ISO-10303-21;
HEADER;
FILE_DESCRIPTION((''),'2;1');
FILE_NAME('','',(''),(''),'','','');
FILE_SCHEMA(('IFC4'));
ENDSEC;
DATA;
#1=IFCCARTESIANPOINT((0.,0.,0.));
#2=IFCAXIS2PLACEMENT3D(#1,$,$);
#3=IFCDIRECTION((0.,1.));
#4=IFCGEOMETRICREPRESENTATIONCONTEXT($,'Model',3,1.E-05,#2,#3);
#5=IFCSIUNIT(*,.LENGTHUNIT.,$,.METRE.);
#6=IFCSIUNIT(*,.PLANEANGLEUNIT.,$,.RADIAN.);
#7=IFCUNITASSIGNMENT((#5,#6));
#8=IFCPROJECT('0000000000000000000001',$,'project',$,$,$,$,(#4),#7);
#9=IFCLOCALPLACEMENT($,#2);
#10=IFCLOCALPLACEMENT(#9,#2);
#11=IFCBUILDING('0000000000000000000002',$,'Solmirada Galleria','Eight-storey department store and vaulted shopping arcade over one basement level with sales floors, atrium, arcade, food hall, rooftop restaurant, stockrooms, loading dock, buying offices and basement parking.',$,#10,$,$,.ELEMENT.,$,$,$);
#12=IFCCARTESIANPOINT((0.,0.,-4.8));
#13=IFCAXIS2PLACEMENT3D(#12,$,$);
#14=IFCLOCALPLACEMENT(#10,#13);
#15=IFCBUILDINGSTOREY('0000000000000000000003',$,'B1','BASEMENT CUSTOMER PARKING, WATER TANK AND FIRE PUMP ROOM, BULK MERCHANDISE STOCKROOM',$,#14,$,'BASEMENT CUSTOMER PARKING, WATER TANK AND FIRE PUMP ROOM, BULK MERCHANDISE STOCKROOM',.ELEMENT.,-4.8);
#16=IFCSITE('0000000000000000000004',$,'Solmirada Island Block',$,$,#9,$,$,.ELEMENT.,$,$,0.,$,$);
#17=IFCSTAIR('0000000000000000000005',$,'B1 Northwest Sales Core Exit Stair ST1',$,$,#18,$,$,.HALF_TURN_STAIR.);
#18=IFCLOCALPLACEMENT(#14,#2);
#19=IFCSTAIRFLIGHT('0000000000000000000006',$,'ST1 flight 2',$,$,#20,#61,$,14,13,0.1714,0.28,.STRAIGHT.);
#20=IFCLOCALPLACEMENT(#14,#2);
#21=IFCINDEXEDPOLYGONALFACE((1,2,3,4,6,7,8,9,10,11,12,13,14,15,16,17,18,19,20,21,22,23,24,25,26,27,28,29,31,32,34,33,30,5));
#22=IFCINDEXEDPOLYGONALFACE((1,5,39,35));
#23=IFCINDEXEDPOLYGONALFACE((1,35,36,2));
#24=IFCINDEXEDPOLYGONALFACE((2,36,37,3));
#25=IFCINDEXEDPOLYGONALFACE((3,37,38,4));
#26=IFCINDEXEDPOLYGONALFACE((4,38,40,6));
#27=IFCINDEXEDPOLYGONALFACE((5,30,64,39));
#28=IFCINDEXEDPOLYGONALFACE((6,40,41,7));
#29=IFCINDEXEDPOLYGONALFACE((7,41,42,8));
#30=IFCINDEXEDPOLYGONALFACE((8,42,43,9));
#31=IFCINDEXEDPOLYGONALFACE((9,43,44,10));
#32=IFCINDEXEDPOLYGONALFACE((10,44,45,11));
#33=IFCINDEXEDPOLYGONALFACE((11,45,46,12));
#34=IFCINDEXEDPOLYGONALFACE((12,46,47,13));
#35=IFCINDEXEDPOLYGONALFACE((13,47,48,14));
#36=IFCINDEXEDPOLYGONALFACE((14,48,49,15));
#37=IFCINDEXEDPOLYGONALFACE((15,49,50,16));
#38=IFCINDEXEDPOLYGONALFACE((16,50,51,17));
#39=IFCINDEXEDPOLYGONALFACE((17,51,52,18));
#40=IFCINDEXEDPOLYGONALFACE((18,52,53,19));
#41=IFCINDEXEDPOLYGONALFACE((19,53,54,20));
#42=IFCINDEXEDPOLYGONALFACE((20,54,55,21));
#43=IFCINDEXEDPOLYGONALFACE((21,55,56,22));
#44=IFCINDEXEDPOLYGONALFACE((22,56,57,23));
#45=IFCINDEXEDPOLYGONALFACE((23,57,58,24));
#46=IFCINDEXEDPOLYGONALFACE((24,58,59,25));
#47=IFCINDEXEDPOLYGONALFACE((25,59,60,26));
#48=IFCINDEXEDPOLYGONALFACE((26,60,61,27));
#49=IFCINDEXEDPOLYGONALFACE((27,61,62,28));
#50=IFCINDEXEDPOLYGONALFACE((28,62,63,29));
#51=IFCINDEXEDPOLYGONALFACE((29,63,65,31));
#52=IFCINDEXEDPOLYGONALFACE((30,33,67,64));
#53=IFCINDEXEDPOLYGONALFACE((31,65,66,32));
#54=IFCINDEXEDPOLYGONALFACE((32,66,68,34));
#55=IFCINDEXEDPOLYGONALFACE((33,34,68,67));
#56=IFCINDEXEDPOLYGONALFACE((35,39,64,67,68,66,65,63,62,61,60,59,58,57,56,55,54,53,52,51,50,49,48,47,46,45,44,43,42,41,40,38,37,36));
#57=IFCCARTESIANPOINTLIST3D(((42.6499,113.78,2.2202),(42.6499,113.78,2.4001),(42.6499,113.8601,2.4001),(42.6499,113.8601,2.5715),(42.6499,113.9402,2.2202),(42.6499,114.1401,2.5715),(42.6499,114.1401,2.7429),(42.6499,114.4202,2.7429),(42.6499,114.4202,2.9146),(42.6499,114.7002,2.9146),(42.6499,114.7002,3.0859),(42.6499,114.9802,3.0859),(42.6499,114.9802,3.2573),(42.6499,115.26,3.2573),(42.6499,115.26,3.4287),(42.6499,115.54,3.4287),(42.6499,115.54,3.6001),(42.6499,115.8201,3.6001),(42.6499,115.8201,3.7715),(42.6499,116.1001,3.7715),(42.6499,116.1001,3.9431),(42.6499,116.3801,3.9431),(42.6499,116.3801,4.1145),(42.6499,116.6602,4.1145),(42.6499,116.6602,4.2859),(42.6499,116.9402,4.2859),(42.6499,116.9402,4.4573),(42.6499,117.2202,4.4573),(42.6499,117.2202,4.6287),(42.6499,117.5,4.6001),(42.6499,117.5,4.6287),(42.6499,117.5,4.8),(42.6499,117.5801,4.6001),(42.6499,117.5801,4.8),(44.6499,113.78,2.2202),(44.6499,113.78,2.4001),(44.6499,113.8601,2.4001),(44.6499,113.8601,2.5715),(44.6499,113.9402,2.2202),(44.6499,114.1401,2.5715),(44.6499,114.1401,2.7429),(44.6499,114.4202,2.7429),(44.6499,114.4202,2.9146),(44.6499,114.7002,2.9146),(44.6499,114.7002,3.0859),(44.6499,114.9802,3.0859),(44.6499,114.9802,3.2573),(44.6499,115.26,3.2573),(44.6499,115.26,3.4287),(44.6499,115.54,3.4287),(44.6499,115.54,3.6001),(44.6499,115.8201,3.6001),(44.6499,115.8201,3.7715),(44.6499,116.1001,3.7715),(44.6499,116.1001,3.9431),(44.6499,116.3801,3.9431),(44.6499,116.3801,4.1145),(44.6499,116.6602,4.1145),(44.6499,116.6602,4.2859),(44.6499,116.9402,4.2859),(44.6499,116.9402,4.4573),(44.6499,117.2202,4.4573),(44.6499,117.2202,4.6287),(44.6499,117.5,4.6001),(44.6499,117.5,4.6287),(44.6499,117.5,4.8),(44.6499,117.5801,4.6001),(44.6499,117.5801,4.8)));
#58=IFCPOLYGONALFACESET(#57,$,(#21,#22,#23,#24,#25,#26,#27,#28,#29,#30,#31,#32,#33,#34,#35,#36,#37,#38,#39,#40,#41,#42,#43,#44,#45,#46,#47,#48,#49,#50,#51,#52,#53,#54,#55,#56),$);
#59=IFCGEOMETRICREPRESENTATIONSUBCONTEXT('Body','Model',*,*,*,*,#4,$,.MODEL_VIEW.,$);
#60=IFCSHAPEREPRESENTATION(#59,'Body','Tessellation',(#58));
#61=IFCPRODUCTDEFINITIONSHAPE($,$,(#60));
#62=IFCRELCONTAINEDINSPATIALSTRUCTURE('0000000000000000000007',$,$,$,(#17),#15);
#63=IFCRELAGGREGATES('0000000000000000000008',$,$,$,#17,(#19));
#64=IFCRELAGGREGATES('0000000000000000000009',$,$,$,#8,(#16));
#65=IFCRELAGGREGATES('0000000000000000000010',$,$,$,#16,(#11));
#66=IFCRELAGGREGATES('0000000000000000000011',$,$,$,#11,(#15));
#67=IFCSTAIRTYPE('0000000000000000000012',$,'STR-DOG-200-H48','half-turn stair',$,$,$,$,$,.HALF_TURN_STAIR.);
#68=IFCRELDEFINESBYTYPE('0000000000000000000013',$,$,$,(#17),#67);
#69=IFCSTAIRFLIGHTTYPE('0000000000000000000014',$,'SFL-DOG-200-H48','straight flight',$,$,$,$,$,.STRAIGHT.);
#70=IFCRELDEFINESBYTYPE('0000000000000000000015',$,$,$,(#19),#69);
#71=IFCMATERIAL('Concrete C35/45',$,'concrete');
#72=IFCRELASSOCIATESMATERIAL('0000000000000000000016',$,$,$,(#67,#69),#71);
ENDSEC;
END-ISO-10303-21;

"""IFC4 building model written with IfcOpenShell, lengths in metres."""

from ifc_helpers import new_model, si_unit, direction, frame, origin, place, context, subcontext, project, spatial, polyline, outline, extrude, material, type_object, element, aggregate, save


model = new_model("IFC4")

# Units and contexts
model_context = context("Model", 3, precision=1e-05, world=origin(), true_north=direction((0.0, 1.0)))
body_context = subcontext(model_context, "Body", "Model", "MODEL_VIEW")
ifc_project = project(units=[si_unit("LENGTHUNIT", "METRE"), si_unit("PLANEANGLEUNIT", "RADIAN")], contexts=[model_context])

# Site, building, storey
site_placement = place(None, origin())
site = spatial("IfcSite", under=ifc_project, at=site_placement, Name="Solmirada Island Block", CompositionType="ELEMENT", RefElevation=0.0)
building_placement = place(site_placement, origin())
building = spatial("IfcBuilding", under=site, at=building_placement, Name="Solmirada Galleria", Description="Eight-storey department store and vaulted shopping arcade over one basement level with sales floors, atrium, arcade, food hall, rooftop restaurant, stockrooms, loading dock, buying offices and basement parking.", CompositionType="ELEMENT")
storey_placement = place(building_placement, frame((0.0, 0.0, -4.8)))
storey = spatial("IfcBuildingStorey", under=building, at=storey_placement, Name="B1", Description="BASEMENT CUSTOMER PARKING, WATER TANK AND FIRE PUMP ROOM, BULK MERCHANDISE STOCKROOM", LongName="BASEMENT CUSTOMER PARKING, WATER TANK AND FIRE PUMP ROOM, BULK MERCHANDISE STOCKROOM", CompositionType="ELEMENT", Elevation=-4.8)

# Shared definitions
ifc_material_1 = material(Name="Concrete C35/45", Category="concrete")

# Stair, stair flight
stair_type = type_object("IfcStairType", Name="STR-DOG-200-H48", Description="half-turn stair", PredefinedType="HALF_TURN_STAIR", material=ifc_material_1)
stair_placement = place(storey_placement, origin())
stair = element("IfcStair", 1, at=stair_placement, inside=storey, type_object=stair_type, Name="B1 Northwest Sales Core Exit Stair ST1", PredefinedType="HALF_TURN_STAIR")
stair_flight_type = type_object("IfcStairFlightType", Name="SFL-DOG-200-H48", Description="straight flight", PredefinedType="STRAIGHT", material=ifc_material_1)
stair_flight_1_placement = place(storey_placement, frame((43.6499, 113.8601, 2.4001), z_axis=(0.0, 0.0, 1.0), x_axis=(0.0, 1.0, 0.0)))
stair_flight_1 = element("IfcStairFlight", 2, at=stair_flight_1_placement, type_object=stair_flight_type, Name="ST1 flight 2", NumberOfRisers=14, NumberOfTreads=13, PredefinedType="STRAIGHT", RiserHeight=0.1714, TreadLength=0.28, context=body_context, shape_type="SweptSolid", body=[
    extrude(outline(polyline([(-0.0801, 0.0), (0.0, 0.0), (0.0, 0.1714), (0.28, 0.1714), (0.28, 0.3428), (0.5601, 0.3428), (0.5601, 0.5144), (0.8401, 0.5144), (0.8401, 0.6858), (1.1201, 0.6858), (1.1201, 0.8572), (1.3999, 0.8572), (1.3999, 1.0286), (1.6799, 1.0286), (1.6799, 1.2), (1.96, 1.2), (1.96, 1.3713), (2.24, 1.3713), (2.24, 1.543), (2.52, 1.543), (2.52, 1.7144), (2.8, 1.7144), (2.8, 1.8857), (3.0801, 1.8857), (3.0801, 2.0571), (3.3601, 2.0571), (3.3601, 2.2285), (3.6399, 2.2285), (3.6399, 2.3999), (3.72, 2.3999), (3.72, 2.2), (3.6399, 2.2), (0.0801, -0.1799), (-0.0801, -0.1799), (-0.0801, 0.0)])), frame((0.0, 1.0, 0.0), z_axis=(0.0, -1.0, 0.0), x_axis=(1.0, 0.0, 0.0)), (0.0, 0.0, 1.0), 2.0),
])
aggregate(stair, [stair_flight_1])

save(model, "model.ifc")
